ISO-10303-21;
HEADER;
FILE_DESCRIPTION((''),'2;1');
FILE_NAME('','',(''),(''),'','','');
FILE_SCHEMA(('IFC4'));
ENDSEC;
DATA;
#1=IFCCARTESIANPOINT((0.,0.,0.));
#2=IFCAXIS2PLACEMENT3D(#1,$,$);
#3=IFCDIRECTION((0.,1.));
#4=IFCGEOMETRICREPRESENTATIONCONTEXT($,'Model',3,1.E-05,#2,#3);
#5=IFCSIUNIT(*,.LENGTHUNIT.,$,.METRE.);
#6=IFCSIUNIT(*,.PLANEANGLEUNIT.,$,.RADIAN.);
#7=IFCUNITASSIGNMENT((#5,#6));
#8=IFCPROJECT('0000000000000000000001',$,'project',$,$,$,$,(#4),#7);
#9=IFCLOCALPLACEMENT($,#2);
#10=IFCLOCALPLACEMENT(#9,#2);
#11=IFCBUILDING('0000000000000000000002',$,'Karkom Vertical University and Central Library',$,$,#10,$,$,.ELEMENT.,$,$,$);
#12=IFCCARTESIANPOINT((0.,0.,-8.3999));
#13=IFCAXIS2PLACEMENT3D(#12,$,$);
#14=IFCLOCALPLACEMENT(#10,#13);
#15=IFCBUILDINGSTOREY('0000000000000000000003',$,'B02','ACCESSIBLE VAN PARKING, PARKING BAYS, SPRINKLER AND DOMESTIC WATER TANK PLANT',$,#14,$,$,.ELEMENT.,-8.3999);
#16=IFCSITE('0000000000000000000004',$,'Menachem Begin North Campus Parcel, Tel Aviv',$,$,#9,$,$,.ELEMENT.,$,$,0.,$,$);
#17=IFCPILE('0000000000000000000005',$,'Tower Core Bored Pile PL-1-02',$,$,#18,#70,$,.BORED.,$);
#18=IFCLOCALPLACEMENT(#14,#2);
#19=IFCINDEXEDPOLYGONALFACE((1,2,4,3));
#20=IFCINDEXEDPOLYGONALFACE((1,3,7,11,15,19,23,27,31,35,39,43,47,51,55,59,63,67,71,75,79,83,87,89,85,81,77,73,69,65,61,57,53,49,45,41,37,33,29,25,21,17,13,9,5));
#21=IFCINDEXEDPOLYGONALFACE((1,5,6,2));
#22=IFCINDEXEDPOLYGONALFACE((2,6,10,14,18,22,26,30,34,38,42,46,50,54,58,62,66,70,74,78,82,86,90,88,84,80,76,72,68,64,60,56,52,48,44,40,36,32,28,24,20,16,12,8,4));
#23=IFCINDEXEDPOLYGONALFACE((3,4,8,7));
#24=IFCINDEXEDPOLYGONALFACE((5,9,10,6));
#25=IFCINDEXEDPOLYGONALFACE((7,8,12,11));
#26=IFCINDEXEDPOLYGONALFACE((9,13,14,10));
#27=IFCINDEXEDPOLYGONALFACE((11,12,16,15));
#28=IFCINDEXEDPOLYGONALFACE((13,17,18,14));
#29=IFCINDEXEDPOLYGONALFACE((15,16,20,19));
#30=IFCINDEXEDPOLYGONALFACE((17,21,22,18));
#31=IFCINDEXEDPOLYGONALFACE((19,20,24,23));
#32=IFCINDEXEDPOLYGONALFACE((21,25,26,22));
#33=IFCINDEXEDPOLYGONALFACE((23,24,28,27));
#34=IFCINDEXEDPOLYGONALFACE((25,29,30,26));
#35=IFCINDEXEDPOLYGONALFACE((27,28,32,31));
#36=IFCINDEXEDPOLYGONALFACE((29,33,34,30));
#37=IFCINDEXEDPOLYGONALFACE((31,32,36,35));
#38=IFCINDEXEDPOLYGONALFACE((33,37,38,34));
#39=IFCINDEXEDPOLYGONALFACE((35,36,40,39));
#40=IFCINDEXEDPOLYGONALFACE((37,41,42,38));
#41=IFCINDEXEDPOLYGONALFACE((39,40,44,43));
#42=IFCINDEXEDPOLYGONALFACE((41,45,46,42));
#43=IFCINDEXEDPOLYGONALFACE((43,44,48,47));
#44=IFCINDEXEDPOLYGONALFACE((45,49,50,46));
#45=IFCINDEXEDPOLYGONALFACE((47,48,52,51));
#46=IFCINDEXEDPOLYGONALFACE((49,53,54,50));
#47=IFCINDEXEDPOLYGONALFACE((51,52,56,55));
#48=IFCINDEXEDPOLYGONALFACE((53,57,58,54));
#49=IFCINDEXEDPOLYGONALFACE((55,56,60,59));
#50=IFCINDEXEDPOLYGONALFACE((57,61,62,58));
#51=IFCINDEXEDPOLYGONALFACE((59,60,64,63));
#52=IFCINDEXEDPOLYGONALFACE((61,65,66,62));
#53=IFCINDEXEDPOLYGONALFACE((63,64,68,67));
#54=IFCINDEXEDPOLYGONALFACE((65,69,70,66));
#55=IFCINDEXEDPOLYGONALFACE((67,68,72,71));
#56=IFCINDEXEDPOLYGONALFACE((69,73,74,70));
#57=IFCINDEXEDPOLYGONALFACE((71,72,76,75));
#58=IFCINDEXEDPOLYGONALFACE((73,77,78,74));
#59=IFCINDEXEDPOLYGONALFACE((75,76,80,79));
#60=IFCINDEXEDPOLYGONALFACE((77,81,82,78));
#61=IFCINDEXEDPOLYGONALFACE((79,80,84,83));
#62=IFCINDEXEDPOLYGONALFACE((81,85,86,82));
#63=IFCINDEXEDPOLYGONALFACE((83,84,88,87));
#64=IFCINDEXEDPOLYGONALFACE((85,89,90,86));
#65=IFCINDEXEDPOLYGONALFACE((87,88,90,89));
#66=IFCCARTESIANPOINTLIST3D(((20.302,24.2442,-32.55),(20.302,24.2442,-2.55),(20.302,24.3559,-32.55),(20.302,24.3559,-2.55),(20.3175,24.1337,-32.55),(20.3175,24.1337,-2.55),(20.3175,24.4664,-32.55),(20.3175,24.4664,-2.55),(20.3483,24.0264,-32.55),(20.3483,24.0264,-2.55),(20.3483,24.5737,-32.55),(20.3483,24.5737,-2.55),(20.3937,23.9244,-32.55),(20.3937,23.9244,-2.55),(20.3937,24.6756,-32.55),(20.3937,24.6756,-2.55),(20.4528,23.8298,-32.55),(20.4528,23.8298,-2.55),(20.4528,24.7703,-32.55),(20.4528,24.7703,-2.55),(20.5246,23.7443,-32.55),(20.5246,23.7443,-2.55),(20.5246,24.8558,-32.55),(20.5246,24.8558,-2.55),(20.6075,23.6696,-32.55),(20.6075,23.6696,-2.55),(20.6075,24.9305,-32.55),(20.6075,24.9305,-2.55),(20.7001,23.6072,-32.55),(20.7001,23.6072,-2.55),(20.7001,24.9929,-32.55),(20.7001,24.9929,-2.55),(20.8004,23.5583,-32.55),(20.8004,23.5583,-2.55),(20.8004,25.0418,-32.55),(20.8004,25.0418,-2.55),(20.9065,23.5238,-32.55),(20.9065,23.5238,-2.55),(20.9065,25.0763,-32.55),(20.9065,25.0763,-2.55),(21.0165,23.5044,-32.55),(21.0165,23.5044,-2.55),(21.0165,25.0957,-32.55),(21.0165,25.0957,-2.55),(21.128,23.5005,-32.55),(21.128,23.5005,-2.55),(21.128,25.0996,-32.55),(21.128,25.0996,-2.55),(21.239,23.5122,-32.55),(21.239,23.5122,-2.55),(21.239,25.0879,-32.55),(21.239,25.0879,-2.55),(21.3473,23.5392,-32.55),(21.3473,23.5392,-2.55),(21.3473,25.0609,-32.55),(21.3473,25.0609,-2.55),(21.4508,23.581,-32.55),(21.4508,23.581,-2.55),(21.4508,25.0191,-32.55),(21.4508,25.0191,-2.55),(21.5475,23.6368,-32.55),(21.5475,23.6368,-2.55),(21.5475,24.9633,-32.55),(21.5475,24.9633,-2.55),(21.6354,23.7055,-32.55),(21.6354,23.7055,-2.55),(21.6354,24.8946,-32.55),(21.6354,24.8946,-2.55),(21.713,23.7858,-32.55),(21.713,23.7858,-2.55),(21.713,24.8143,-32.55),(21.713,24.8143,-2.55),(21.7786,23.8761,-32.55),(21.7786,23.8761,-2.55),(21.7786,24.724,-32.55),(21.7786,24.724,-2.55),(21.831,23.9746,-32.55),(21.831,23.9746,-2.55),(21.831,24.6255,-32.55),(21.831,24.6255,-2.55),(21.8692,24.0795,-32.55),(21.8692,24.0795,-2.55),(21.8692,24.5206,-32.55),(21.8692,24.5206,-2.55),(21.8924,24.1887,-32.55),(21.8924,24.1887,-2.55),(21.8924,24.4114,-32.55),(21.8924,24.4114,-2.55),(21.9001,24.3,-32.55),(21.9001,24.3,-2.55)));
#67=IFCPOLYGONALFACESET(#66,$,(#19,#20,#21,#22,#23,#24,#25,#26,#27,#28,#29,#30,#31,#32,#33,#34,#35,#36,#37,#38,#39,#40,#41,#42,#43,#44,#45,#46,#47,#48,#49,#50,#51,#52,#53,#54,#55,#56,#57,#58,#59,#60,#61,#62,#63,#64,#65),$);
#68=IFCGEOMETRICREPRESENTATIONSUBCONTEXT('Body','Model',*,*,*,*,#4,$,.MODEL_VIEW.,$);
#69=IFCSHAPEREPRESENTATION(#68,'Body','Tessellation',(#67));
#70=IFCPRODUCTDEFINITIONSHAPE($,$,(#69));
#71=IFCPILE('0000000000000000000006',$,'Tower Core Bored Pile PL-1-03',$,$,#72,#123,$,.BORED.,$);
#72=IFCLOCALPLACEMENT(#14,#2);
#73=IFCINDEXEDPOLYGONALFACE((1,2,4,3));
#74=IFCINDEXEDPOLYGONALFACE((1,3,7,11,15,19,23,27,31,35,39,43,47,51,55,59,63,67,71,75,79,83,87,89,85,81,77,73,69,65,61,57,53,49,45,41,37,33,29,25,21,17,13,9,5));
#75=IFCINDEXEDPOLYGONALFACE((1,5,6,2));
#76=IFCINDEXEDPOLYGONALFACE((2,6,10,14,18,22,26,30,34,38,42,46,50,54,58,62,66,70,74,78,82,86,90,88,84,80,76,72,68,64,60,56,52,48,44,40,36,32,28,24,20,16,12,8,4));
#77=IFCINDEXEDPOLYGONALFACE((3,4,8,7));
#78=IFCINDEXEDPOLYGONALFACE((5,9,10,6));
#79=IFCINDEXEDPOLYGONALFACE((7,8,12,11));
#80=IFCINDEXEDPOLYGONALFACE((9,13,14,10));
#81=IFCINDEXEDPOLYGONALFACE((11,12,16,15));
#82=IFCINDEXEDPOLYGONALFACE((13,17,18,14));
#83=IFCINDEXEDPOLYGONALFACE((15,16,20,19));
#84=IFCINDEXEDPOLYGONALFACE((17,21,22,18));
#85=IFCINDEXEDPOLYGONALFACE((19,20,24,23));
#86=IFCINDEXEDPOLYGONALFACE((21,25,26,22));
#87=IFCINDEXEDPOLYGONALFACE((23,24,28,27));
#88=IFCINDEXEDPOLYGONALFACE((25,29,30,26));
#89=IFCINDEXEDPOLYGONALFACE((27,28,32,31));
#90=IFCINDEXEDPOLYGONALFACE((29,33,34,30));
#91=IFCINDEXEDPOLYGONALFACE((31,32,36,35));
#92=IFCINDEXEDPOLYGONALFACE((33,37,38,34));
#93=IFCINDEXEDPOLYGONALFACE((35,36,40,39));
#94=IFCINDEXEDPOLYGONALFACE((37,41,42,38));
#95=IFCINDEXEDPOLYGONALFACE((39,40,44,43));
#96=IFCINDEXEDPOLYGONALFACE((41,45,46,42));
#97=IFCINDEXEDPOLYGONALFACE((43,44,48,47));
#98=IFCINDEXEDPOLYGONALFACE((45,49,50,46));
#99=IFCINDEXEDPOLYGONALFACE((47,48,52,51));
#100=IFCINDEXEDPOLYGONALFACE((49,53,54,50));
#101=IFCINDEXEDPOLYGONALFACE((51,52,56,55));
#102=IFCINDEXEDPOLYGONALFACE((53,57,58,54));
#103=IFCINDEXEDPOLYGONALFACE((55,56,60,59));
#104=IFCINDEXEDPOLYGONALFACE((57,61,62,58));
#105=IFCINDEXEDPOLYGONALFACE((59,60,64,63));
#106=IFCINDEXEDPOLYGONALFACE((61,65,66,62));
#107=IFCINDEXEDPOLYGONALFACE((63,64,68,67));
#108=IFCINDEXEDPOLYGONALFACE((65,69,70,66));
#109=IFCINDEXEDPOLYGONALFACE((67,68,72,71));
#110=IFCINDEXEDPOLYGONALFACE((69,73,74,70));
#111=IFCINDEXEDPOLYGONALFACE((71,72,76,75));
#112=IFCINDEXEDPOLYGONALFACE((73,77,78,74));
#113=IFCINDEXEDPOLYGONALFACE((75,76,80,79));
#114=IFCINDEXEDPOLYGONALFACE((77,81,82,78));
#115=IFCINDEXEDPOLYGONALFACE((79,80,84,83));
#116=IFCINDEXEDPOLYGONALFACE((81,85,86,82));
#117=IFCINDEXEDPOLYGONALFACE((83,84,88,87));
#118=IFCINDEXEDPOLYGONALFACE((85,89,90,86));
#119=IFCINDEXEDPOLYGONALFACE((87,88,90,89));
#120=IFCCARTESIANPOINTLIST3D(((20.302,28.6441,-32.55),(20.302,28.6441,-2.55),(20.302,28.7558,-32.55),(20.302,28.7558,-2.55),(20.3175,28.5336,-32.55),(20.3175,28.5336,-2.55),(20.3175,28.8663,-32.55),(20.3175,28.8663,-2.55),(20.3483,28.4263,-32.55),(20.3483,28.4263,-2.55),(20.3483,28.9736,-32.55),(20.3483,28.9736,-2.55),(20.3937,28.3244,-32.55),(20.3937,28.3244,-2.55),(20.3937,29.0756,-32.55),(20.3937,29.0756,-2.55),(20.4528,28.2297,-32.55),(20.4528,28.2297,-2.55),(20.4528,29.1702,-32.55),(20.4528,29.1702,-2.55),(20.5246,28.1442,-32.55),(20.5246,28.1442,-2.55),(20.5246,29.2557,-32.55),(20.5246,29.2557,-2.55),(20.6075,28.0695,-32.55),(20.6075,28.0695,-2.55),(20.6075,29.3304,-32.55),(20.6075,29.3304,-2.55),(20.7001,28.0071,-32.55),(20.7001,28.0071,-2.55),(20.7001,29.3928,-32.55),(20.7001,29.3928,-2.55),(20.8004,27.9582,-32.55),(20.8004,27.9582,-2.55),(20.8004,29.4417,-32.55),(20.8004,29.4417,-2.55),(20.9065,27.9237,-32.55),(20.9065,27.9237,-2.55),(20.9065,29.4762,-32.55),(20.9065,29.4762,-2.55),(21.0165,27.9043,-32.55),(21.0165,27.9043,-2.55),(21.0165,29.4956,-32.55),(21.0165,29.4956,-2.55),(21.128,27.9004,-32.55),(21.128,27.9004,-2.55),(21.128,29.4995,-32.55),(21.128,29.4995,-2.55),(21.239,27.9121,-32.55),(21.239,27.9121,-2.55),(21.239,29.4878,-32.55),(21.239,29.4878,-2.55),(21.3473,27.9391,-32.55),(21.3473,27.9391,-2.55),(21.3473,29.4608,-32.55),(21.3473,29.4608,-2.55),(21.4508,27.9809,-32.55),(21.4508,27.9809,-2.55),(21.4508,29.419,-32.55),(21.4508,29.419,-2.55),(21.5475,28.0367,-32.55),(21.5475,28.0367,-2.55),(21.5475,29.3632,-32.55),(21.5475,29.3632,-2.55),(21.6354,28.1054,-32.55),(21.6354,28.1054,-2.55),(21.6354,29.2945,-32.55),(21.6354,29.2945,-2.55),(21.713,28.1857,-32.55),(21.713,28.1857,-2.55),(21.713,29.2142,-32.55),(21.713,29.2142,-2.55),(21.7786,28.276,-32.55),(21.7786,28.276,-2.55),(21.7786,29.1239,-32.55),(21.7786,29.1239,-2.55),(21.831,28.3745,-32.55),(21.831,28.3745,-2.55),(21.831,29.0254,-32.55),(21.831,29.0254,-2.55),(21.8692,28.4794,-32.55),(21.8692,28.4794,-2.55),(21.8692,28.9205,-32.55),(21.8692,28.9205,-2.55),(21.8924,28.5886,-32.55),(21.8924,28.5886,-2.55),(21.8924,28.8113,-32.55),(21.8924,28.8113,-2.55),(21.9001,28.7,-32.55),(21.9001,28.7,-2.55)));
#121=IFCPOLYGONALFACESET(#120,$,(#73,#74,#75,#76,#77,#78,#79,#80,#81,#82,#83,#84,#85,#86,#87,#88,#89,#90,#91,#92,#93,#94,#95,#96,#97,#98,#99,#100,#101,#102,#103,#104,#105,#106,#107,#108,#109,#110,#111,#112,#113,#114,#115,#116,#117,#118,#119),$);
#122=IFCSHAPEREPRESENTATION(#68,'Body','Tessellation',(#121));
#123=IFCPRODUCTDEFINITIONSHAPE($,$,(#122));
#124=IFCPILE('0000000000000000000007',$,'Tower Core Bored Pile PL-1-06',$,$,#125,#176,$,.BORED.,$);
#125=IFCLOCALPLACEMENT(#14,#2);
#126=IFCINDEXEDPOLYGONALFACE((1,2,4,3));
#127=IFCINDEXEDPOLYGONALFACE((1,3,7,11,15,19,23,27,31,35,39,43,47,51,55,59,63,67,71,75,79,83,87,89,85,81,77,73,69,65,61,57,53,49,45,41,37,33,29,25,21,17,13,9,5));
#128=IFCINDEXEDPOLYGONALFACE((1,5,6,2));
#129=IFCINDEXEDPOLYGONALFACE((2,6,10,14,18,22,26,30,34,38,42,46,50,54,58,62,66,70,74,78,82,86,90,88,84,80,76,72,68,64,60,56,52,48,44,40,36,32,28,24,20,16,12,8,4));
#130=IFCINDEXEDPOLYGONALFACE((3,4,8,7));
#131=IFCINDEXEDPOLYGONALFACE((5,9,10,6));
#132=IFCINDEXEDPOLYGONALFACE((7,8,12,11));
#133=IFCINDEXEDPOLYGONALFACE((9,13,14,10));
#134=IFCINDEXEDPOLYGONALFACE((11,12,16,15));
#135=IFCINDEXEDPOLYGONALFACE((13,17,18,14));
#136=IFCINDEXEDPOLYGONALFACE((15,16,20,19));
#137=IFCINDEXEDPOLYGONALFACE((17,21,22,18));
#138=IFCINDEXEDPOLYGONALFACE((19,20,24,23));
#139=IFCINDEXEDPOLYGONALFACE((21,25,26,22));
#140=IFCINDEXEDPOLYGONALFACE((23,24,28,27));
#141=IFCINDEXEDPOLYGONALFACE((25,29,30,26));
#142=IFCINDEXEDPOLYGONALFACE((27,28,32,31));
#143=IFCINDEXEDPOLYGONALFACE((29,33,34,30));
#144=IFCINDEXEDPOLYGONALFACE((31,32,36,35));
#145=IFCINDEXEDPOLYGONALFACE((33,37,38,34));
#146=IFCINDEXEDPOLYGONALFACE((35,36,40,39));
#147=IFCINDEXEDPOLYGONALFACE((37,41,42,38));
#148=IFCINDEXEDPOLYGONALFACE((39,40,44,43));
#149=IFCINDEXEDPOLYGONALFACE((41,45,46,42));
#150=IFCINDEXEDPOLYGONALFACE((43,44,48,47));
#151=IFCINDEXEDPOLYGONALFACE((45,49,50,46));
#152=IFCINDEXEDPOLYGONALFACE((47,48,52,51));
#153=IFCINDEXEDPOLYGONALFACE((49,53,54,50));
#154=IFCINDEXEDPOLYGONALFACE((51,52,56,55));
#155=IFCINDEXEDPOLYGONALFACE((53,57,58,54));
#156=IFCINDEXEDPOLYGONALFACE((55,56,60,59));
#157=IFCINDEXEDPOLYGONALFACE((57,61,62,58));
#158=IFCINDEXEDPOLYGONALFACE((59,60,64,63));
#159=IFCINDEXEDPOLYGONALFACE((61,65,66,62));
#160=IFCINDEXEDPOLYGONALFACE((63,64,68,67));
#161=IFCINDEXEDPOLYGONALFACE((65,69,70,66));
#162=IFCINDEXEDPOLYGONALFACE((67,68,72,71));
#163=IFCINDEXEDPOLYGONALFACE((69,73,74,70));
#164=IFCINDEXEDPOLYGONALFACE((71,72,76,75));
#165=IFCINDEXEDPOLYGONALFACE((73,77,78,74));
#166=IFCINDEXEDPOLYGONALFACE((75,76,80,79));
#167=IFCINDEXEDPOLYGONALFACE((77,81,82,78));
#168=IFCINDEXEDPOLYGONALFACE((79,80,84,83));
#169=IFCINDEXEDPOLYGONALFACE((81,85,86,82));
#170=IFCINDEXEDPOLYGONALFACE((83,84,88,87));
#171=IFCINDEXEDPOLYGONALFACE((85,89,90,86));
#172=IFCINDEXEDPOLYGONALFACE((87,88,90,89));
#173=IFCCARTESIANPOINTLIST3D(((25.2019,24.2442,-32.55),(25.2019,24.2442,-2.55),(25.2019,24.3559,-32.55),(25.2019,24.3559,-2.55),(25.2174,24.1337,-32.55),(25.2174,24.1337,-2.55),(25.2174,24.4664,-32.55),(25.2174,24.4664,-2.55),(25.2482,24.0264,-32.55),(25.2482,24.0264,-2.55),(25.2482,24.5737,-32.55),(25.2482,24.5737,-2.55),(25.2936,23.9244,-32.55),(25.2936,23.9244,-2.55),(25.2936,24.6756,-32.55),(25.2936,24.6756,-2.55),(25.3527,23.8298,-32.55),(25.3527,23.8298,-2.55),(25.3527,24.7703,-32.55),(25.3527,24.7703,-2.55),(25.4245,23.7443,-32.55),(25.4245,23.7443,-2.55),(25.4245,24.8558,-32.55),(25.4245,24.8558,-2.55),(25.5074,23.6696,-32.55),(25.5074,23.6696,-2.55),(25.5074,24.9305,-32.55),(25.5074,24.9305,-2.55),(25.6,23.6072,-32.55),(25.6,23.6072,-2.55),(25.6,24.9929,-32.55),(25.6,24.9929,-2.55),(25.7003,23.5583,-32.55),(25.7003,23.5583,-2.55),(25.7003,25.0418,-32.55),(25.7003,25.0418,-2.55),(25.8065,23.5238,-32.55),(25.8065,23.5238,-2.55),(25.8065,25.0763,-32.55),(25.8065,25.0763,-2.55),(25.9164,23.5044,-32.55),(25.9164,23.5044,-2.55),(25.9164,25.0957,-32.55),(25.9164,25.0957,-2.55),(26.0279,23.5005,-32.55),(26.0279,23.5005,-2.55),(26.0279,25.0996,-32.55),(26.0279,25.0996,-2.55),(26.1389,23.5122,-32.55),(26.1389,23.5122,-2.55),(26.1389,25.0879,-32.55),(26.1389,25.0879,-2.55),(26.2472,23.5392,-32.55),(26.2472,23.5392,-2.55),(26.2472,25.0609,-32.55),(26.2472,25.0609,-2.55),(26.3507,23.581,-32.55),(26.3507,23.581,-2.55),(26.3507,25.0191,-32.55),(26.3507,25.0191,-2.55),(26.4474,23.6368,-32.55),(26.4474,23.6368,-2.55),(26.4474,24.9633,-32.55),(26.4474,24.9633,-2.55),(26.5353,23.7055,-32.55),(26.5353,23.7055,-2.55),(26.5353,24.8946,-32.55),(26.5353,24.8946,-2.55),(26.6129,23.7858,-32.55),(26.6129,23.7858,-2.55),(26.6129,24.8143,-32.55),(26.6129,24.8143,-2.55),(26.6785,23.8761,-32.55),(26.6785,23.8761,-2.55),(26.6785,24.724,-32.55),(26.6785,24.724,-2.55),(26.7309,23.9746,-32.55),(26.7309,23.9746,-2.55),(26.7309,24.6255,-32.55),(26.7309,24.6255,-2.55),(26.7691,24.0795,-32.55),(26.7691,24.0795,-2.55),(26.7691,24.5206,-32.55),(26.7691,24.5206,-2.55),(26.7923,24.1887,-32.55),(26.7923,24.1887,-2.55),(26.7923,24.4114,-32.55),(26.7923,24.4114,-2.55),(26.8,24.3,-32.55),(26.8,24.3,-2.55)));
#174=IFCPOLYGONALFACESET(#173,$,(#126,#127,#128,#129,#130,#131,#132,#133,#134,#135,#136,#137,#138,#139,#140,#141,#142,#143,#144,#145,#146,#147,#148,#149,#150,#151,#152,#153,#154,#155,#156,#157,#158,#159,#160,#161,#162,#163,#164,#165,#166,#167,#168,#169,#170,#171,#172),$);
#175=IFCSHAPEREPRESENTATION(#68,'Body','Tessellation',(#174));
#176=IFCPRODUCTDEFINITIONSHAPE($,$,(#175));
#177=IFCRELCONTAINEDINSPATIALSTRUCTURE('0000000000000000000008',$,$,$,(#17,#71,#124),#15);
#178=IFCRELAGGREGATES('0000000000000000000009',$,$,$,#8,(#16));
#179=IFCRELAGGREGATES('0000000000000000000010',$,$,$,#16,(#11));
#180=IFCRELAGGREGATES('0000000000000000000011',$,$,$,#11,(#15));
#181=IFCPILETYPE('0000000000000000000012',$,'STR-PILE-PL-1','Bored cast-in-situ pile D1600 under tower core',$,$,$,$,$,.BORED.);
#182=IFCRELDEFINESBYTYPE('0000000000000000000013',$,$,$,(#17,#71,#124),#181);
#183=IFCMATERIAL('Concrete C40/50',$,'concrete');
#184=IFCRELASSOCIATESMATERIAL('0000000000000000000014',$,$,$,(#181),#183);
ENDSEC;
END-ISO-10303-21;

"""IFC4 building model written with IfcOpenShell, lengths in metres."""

from ifc_helpers import new_model, si_unit, direction, frame, origin, origin_with_axes, origin_2d, place, context, subcontext, project, spatial, circle, extrude, source, transform, mapped, material, material_profile, profile_set, type_object, element, save


model = new_model("IFC4")

# Units and contexts
model_context = context("Model", 3, precision=1e-05, world=origin(), true_north=direction((0.0, 1.0)))
body_context = subcontext(model_context, "Body", "Model", "MODEL_VIEW")
ifc_project = project(units=[si_unit("LENGTHUNIT", "METRE"), si_unit("PLANEANGLEUNIT", "RADIAN")], contexts=[model_context])

# Site, building, storey
site_placement = place(None, origin())
site = spatial("IfcSite", under=ifc_project, at=site_placement, Name="Menachem Begin North Campus Parcel, Tel Aviv", CompositionType="ELEMENT", RefElevation=0.0)
building_placement = place(site_placement, origin())
building = spatial("IfcBuilding", under=site, at=building_placement, Name="Karkom Vertical University and Central Library", CompositionType="ELEMENT")
storey_placement = place(building_placement, frame((0.0, 0.0, -8.3999)))
storey = spatial("IfcBuildingStorey", under=building, at=storey_placement, Name="B02", Description="ACCESSIBLE VAN PARKING, PARKING BAYS, SPRINKLER AND DOMESTIC WATER TANK PLANT", CompositionType="ELEMENT", Elevation=-8.3999)

# Piles
ifc_material_1 = material(Name="Concrete C40/50", Category="concrete")
ifc_material_profile_1 = material_profile(ifc_material_1, circle(Radius=0.8, at=origin_2d()), Name="PILE-D1600")
ifc_profile_set_1 = profile_set([ifc_material_profile_1], Name="Concrete C40/50")
pile_type_1 = type_object("IfcPileType", Name="STR-PILE-PL-1", Description="Bored cast-in-situ pile D1600 under tower core", PredefinedType="BORED", material=ifc_profile_set_1)
shared_shape_1 = source(origin_with_axes(), body_context, "Body", "SweptSolid", [
    extrude(circle(Radius=0.8, at=origin_2d()), origin(), (0.0, 0.0, 1.0), 30.0),
])
for number, where, z_axis, x_axis, name in (
    (1, (21.1001, 24.3, -2.55), (0.0, 0.0, -1.0), (1.0, 0.0, 0.0), "Tower Core Bored Pile PL-1-02"),
    (2, (21.1001, 28.7, -2.55), (0.0, 0.0, -1.0), (1.0, 0.0, 0.0), "Tower Core Bored Pile PL-1-03"),
    (3, (26.0, 24.3, -2.55), (0.0, 0.0, -1.0), (1.0, 0.0, 0.0), "Tower Core Bored Pile PL-1-06"),
):
    element("IfcPile", number, at=place(storey_placement, frame(where, z_axis=z_axis, x_axis=x_axis)), inside=storey, type_object=pile_type_1, Name=name, PredefinedType="BORED", context=body_context, shape_type="MappedRepresentation", body=[
        mapped(shared_shape_1, transform((0.0, 0.0, 0.0), scale=1.0)),
    ])

save(model, "model.ifc")
